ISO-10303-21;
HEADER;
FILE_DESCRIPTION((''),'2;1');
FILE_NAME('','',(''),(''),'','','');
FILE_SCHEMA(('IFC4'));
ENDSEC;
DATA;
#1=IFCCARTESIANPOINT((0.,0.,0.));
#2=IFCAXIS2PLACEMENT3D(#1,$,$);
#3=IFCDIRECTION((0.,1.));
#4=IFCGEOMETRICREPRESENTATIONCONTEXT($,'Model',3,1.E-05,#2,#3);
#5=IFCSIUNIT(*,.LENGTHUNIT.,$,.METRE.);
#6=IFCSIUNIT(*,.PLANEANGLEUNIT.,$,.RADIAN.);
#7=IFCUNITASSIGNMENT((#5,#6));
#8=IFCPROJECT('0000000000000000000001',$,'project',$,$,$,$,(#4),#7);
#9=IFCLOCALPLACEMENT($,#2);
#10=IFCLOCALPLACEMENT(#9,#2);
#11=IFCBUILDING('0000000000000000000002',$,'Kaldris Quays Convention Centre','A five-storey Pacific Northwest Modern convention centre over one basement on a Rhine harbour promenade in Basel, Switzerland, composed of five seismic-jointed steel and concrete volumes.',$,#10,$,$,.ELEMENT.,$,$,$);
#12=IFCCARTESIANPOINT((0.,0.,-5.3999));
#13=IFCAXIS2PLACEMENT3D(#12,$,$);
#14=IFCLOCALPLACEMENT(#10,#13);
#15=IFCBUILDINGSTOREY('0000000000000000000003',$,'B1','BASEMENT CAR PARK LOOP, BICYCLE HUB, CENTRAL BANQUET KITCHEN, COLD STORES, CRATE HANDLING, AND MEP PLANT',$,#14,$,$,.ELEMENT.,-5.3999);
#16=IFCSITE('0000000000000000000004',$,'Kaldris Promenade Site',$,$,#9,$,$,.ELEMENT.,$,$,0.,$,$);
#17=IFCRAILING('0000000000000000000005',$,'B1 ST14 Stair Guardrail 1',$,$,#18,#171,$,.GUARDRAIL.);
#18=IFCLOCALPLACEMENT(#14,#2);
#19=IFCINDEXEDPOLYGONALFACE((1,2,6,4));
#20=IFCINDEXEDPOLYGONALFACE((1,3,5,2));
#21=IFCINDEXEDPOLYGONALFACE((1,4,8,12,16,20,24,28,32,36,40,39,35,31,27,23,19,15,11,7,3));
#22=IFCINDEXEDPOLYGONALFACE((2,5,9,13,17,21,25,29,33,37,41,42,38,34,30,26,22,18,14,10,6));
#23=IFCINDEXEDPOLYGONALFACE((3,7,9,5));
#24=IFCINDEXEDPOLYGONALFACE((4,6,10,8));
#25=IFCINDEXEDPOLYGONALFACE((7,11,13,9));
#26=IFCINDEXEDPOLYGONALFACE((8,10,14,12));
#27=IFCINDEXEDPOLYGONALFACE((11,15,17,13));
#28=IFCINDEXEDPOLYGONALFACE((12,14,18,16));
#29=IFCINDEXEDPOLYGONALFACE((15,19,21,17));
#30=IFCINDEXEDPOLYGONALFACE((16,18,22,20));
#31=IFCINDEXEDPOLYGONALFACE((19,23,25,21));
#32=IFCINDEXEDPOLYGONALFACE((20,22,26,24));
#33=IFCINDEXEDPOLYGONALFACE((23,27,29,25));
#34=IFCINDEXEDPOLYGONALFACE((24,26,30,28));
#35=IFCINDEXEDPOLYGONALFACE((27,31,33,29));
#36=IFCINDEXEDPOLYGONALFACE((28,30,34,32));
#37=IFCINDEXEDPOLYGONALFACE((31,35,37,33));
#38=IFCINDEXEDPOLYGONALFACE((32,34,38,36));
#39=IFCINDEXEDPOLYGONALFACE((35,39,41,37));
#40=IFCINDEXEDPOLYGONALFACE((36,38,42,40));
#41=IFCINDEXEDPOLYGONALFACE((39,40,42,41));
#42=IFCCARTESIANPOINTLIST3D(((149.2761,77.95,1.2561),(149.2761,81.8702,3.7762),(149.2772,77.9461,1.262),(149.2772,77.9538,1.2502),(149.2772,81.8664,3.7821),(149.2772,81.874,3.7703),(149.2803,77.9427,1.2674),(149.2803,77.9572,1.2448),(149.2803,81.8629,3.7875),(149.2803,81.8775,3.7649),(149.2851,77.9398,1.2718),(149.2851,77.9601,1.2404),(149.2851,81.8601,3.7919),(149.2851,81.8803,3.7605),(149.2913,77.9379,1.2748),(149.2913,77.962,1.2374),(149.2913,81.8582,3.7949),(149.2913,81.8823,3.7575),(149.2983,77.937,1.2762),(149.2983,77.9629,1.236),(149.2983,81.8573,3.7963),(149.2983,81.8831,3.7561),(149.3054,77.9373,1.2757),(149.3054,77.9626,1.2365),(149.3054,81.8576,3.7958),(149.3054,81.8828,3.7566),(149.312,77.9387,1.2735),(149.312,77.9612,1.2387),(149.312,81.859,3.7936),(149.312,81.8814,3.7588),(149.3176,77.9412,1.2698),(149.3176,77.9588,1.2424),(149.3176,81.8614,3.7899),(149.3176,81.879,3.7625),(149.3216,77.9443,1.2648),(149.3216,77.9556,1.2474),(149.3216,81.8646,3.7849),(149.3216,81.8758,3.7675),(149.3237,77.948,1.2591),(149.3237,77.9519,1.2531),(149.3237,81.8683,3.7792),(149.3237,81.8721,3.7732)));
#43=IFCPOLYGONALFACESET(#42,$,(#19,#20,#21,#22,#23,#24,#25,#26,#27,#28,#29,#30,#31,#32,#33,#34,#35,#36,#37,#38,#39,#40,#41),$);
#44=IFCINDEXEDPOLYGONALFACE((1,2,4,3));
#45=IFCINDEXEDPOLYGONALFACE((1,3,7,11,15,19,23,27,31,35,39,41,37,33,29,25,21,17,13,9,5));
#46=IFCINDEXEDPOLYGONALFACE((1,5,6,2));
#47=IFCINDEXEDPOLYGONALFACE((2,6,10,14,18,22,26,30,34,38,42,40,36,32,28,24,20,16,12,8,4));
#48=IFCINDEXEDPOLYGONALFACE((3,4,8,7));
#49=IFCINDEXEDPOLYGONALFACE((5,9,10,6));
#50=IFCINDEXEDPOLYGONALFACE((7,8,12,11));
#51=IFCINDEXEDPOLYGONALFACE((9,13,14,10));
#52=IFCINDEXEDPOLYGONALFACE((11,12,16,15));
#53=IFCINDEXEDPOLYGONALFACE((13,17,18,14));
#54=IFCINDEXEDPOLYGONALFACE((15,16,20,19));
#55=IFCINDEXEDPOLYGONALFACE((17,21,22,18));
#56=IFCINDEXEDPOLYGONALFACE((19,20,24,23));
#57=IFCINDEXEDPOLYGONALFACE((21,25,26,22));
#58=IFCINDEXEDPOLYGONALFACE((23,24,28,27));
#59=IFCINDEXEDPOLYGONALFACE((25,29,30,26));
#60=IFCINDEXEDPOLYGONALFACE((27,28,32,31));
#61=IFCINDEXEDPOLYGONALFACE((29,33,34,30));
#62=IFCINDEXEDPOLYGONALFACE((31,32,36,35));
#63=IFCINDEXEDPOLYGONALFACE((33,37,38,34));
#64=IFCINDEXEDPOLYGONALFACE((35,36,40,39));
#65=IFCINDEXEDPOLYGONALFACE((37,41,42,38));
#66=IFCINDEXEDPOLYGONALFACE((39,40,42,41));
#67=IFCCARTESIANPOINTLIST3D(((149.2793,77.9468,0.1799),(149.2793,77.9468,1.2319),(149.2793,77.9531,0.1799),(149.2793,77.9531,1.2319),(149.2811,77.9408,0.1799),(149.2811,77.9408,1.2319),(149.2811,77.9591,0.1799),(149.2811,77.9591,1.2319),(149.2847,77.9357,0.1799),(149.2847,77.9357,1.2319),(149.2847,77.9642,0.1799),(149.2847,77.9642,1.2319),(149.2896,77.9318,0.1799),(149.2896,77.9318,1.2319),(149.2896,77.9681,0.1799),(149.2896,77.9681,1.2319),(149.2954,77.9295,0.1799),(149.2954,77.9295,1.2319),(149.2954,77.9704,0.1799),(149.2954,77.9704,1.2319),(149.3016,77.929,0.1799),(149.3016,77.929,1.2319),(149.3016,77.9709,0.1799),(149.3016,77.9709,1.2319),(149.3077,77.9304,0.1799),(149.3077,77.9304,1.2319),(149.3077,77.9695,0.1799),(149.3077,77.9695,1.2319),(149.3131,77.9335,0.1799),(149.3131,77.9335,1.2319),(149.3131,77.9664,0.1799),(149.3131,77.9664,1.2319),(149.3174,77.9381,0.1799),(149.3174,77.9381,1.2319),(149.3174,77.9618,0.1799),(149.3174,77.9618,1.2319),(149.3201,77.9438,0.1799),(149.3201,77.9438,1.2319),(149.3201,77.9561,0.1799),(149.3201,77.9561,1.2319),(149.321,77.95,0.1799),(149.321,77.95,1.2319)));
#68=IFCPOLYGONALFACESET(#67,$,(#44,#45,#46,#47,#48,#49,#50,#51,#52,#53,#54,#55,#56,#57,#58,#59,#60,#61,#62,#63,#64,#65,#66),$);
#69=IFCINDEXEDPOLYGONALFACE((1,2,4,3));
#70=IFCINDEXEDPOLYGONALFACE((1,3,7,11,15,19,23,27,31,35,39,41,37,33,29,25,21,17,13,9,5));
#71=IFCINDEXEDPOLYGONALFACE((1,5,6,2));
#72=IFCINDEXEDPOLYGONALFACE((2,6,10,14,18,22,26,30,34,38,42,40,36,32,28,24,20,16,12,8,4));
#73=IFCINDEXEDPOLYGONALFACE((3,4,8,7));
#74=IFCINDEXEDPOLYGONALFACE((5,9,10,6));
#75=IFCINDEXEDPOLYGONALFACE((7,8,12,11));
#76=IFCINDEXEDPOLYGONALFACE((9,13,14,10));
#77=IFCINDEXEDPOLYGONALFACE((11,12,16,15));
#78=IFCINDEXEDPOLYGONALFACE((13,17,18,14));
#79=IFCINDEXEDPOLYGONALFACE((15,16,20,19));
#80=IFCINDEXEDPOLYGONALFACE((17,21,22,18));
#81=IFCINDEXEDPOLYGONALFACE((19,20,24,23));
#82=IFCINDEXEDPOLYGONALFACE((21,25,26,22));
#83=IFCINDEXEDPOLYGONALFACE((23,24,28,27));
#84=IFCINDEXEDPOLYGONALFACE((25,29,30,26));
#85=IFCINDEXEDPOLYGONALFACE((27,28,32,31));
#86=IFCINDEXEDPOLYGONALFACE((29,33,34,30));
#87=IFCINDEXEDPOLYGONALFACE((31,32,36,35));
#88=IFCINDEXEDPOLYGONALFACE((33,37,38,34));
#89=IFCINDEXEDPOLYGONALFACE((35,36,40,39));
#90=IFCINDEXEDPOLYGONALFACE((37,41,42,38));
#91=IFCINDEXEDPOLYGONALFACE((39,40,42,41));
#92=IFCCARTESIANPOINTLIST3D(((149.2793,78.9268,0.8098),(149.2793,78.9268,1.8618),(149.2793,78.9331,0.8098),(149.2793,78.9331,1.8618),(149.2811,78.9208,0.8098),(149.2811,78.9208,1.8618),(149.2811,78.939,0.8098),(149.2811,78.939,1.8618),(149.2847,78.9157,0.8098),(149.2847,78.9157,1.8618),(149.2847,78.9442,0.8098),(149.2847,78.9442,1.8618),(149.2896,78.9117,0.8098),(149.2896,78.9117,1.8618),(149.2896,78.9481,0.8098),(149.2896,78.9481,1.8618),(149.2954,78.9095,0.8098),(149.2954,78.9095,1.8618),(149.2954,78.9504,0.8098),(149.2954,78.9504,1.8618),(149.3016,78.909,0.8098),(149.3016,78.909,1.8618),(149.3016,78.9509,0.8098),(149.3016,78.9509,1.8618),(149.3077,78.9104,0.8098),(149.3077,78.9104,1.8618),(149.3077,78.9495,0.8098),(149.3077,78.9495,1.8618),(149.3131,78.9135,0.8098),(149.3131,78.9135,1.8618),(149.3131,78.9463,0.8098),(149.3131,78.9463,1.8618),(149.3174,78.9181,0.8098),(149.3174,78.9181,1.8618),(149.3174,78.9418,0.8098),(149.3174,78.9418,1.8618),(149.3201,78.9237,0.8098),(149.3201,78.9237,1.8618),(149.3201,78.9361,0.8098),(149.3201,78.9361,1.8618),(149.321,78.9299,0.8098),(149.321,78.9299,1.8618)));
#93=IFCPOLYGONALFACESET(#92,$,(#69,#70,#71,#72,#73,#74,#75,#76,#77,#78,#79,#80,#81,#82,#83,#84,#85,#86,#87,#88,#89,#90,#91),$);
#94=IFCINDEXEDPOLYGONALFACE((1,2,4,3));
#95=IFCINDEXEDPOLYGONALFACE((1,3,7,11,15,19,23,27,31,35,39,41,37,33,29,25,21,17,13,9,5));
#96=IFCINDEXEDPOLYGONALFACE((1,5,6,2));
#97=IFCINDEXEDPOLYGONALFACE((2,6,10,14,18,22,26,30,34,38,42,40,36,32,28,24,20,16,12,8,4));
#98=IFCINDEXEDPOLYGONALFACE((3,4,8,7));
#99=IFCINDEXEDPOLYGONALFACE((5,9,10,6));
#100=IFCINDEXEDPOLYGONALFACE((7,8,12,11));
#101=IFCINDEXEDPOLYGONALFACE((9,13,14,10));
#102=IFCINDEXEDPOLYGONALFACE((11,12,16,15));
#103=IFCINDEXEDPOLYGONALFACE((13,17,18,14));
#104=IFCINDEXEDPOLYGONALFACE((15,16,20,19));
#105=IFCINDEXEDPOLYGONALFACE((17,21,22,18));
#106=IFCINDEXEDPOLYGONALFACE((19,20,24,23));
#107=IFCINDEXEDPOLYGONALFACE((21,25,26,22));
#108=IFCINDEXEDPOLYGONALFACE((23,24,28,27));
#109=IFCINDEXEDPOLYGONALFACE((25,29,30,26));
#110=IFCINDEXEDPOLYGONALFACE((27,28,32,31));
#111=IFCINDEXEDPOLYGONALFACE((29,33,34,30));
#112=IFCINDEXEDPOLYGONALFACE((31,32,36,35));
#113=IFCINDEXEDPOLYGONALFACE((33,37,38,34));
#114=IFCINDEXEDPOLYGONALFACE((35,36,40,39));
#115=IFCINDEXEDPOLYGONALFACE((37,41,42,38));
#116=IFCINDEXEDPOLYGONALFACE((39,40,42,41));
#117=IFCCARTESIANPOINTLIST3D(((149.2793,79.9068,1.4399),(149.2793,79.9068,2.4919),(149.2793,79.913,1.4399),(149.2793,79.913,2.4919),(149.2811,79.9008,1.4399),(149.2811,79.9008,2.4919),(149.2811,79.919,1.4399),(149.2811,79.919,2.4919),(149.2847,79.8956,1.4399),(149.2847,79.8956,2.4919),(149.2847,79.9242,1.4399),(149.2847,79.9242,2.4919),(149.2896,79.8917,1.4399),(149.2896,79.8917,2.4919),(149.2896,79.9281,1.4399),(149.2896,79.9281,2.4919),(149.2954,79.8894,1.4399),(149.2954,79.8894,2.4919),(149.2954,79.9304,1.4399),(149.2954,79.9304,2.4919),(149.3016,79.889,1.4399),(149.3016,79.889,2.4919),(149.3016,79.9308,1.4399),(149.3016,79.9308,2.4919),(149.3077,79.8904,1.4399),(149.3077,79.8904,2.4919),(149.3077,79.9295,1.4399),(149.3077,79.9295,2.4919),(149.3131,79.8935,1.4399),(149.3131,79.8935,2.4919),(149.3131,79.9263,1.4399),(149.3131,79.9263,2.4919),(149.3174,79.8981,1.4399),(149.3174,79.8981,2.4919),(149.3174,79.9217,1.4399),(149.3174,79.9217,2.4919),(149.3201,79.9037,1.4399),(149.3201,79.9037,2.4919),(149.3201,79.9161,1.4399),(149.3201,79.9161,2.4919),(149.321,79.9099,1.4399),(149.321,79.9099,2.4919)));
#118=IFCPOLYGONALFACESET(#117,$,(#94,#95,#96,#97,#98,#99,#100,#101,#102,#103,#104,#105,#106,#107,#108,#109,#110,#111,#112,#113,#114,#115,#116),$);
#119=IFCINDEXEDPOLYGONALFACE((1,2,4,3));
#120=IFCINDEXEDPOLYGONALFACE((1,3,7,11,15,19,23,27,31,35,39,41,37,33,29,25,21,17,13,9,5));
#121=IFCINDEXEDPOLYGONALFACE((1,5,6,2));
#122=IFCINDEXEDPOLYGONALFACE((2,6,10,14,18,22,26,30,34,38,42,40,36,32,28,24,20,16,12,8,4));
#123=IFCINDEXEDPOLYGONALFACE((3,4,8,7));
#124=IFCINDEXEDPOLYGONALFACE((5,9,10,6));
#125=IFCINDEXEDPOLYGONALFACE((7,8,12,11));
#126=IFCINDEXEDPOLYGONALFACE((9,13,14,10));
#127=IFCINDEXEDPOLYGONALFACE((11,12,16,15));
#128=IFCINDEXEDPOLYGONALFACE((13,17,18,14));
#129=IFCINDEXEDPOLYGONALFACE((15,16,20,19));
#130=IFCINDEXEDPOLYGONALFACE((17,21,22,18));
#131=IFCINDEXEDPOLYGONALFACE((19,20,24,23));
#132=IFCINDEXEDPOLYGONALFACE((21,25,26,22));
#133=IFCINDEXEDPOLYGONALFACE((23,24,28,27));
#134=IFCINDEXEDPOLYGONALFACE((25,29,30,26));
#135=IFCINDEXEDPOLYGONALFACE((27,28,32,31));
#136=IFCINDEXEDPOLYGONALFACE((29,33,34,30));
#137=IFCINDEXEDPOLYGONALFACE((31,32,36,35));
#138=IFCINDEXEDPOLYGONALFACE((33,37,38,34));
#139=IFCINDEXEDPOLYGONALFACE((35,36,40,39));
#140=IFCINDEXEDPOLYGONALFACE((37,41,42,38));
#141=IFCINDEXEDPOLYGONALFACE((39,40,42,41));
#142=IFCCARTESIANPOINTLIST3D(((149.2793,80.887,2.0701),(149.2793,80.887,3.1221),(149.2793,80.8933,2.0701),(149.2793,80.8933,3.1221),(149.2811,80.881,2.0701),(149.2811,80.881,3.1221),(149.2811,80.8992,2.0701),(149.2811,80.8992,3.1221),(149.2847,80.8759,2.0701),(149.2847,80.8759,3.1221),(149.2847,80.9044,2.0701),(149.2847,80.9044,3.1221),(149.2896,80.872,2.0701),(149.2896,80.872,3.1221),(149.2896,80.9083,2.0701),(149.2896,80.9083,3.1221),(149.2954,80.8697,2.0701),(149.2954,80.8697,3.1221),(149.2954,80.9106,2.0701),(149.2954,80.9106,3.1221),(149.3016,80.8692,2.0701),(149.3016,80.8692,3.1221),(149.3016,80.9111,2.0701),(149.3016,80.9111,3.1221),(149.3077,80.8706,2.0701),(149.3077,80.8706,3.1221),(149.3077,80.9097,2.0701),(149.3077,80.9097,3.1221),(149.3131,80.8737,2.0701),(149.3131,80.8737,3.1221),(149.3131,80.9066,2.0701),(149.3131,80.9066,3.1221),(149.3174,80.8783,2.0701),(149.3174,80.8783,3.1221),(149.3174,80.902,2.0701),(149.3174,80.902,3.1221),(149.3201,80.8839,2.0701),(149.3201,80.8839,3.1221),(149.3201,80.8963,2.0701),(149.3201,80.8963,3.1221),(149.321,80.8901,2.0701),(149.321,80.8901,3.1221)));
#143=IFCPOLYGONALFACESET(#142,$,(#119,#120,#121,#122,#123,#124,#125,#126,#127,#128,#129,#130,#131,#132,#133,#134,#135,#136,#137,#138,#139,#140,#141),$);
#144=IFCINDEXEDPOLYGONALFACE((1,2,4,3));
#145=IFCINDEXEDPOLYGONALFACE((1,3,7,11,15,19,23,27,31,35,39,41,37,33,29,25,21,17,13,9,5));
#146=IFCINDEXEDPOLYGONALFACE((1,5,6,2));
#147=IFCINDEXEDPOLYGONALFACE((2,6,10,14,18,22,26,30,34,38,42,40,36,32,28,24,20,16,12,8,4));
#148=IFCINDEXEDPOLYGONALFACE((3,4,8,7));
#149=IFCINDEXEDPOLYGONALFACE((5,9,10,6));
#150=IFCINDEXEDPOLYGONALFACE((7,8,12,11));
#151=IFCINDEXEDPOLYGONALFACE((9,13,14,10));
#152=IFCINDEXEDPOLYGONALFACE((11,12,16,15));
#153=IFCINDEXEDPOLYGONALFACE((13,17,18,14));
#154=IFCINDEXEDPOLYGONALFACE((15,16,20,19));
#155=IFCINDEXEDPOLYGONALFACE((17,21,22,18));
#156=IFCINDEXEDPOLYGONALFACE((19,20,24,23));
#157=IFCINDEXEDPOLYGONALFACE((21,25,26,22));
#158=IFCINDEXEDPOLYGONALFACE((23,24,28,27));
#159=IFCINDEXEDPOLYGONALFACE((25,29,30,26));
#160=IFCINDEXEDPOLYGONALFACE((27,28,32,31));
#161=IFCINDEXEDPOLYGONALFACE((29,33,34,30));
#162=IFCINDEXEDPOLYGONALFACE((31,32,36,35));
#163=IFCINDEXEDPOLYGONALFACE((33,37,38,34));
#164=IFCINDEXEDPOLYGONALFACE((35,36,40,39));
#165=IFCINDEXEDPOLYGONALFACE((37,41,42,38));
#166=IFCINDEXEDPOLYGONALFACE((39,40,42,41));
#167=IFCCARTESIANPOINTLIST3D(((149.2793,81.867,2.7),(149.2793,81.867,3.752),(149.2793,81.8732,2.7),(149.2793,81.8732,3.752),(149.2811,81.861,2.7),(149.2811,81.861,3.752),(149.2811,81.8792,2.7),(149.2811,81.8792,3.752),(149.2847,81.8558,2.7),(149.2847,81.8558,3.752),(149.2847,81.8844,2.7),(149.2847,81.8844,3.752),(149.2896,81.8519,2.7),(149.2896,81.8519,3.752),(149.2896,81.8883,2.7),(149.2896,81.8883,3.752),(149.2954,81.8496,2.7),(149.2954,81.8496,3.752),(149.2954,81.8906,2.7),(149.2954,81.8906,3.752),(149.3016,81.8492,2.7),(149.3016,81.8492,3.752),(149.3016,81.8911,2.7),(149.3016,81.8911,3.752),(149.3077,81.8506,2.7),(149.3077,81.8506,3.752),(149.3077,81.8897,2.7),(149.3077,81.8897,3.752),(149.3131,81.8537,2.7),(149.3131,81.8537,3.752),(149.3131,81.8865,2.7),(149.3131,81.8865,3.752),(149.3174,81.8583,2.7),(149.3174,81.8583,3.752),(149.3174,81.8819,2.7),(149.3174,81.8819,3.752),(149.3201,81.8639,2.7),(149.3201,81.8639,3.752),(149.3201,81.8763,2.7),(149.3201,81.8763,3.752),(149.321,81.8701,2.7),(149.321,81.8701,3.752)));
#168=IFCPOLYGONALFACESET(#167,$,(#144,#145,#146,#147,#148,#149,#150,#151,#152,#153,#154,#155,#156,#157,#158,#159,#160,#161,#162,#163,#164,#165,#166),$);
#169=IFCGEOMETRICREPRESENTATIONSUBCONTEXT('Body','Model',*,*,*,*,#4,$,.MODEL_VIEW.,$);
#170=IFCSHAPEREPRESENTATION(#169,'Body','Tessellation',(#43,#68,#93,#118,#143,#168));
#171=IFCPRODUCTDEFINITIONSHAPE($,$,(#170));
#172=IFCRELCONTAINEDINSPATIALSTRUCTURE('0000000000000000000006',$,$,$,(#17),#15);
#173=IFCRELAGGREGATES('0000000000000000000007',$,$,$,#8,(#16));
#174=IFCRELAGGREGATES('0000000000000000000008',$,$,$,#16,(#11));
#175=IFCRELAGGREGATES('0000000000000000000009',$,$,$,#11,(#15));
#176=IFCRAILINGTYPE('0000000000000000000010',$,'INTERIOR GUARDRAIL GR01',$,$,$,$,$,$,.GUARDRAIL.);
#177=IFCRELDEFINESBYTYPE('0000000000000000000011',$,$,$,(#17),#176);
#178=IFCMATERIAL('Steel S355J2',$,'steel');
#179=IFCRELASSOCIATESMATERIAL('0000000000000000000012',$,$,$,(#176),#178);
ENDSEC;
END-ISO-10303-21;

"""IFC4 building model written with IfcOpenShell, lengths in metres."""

from ifc_helpers import new_model, si_unit, direction, frame, origin, origin_2d, place, context, subcontext, project, spatial, circle, extrude, material, type_object, element, save


model = new_model("IFC4")

# Units and contexts
model_context = context("Model", 3, precision=1e-05, world=origin(), true_north=direction((0.0, 1.0)))
body_context = subcontext(model_context, "Body", "Model", "MODEL_VIEW")
ifc_project = project(units=[si_unit("LENGTHUNIT", "METRE"), si_unit("PLANEANGLEUNIT", "RADIAN")], contexts=[model_context])

# Site, building, storey
site_placement = place(None, origin())
site = spatial("IfcSite", under=ifc_project, at=site_placement, Name="Kaldris Promenade Site", CompositionType="ELEMENT", RefElevation=0.0)
building_placement = place(site_placement, origin())
building = spatial("IfcBuilding", under=site, at=building_placement, Name="Kaldris Quays Convention Centre", Description="A five-storey Pacific Northwest Modern convention centre over one basement on a Rhine harbour promenade in Basel, Switzerland, composed of five seismic-jointed steel and concrete volumes.", CompositionType="ELEMENT")
storey_placement = place(building_placement, frame((0.0, 0.0, -5.3999)))
storey = spatial("IfcBuildingStorey", under=building, at=storey_placement, Name="B1", Description="BASEMENT CAR PARK LOOP, BICYCLE HUB, CENTRAL BANQUET KITCHEN, COLD STORES, CRATE HANDLING, AND MEP PLANT", CompositionType="ELEMENT", Elevation=-5.3999)

# Shared definitions
ifc_material_1 = material(Name="Steel S355J2", Category="steel")

# Railing
railing_type_1 = type_object("IfcRailingType", Name="INTERIOR GUARDRAIL GR01", PredefinedType="GUARDRAIL", material=ifc_material_1)
railing_1_placement = place(storey_placement, frame((149.3, 77.95, 0.1799)))
element("IfcRailing", 1, at=railing_1_placement, inside=storey, type_object=railing_type_1, Name="B1 ST14 Stair Guardrail 1", PredefinedType="GUARDRAIL", context=body_context, shape_type="SweptSolid", body=[
    extrude(circle(Radius=0.0239, at=origin_2d()), frame((0.0, 0.0, 1.0762), z_axis=(0.0, 0.841187, 0.540744), x_axis=(-1.0, 0.0, 0.0)), (0.0, 0.0, 1.0), 4.6604),
    extrude(circle(Radius=0.021, at=origin_2d()), origin(), (0.0, 0.0, 1.0), 1.052),
    extrude(circle(Radius=0.021, at=origin_2d()), frame((0.0, 0.98, 0.6299)), (0.0, 0.0, 1.0), 1.052),
    extrude(circle(Radius=0.021, at=origin_2d()), frame((0.0, 1.96, 1.26)), (0.0, 0.0, 1.0), 1.052),
    extrude(circle(Radius=0.021, at=origin_2d()), frame((0.0, 2.9402, 1.8901)), (0.0, 0.0, 1.0), 1.052),
    extrude(circle(Radius=0.021, at=origin_2d()), frame((0.0, 3.9202, 2.52)), (0.0, 0.0, 1.0), 1.052),
])

save(model, "model.ifc")
